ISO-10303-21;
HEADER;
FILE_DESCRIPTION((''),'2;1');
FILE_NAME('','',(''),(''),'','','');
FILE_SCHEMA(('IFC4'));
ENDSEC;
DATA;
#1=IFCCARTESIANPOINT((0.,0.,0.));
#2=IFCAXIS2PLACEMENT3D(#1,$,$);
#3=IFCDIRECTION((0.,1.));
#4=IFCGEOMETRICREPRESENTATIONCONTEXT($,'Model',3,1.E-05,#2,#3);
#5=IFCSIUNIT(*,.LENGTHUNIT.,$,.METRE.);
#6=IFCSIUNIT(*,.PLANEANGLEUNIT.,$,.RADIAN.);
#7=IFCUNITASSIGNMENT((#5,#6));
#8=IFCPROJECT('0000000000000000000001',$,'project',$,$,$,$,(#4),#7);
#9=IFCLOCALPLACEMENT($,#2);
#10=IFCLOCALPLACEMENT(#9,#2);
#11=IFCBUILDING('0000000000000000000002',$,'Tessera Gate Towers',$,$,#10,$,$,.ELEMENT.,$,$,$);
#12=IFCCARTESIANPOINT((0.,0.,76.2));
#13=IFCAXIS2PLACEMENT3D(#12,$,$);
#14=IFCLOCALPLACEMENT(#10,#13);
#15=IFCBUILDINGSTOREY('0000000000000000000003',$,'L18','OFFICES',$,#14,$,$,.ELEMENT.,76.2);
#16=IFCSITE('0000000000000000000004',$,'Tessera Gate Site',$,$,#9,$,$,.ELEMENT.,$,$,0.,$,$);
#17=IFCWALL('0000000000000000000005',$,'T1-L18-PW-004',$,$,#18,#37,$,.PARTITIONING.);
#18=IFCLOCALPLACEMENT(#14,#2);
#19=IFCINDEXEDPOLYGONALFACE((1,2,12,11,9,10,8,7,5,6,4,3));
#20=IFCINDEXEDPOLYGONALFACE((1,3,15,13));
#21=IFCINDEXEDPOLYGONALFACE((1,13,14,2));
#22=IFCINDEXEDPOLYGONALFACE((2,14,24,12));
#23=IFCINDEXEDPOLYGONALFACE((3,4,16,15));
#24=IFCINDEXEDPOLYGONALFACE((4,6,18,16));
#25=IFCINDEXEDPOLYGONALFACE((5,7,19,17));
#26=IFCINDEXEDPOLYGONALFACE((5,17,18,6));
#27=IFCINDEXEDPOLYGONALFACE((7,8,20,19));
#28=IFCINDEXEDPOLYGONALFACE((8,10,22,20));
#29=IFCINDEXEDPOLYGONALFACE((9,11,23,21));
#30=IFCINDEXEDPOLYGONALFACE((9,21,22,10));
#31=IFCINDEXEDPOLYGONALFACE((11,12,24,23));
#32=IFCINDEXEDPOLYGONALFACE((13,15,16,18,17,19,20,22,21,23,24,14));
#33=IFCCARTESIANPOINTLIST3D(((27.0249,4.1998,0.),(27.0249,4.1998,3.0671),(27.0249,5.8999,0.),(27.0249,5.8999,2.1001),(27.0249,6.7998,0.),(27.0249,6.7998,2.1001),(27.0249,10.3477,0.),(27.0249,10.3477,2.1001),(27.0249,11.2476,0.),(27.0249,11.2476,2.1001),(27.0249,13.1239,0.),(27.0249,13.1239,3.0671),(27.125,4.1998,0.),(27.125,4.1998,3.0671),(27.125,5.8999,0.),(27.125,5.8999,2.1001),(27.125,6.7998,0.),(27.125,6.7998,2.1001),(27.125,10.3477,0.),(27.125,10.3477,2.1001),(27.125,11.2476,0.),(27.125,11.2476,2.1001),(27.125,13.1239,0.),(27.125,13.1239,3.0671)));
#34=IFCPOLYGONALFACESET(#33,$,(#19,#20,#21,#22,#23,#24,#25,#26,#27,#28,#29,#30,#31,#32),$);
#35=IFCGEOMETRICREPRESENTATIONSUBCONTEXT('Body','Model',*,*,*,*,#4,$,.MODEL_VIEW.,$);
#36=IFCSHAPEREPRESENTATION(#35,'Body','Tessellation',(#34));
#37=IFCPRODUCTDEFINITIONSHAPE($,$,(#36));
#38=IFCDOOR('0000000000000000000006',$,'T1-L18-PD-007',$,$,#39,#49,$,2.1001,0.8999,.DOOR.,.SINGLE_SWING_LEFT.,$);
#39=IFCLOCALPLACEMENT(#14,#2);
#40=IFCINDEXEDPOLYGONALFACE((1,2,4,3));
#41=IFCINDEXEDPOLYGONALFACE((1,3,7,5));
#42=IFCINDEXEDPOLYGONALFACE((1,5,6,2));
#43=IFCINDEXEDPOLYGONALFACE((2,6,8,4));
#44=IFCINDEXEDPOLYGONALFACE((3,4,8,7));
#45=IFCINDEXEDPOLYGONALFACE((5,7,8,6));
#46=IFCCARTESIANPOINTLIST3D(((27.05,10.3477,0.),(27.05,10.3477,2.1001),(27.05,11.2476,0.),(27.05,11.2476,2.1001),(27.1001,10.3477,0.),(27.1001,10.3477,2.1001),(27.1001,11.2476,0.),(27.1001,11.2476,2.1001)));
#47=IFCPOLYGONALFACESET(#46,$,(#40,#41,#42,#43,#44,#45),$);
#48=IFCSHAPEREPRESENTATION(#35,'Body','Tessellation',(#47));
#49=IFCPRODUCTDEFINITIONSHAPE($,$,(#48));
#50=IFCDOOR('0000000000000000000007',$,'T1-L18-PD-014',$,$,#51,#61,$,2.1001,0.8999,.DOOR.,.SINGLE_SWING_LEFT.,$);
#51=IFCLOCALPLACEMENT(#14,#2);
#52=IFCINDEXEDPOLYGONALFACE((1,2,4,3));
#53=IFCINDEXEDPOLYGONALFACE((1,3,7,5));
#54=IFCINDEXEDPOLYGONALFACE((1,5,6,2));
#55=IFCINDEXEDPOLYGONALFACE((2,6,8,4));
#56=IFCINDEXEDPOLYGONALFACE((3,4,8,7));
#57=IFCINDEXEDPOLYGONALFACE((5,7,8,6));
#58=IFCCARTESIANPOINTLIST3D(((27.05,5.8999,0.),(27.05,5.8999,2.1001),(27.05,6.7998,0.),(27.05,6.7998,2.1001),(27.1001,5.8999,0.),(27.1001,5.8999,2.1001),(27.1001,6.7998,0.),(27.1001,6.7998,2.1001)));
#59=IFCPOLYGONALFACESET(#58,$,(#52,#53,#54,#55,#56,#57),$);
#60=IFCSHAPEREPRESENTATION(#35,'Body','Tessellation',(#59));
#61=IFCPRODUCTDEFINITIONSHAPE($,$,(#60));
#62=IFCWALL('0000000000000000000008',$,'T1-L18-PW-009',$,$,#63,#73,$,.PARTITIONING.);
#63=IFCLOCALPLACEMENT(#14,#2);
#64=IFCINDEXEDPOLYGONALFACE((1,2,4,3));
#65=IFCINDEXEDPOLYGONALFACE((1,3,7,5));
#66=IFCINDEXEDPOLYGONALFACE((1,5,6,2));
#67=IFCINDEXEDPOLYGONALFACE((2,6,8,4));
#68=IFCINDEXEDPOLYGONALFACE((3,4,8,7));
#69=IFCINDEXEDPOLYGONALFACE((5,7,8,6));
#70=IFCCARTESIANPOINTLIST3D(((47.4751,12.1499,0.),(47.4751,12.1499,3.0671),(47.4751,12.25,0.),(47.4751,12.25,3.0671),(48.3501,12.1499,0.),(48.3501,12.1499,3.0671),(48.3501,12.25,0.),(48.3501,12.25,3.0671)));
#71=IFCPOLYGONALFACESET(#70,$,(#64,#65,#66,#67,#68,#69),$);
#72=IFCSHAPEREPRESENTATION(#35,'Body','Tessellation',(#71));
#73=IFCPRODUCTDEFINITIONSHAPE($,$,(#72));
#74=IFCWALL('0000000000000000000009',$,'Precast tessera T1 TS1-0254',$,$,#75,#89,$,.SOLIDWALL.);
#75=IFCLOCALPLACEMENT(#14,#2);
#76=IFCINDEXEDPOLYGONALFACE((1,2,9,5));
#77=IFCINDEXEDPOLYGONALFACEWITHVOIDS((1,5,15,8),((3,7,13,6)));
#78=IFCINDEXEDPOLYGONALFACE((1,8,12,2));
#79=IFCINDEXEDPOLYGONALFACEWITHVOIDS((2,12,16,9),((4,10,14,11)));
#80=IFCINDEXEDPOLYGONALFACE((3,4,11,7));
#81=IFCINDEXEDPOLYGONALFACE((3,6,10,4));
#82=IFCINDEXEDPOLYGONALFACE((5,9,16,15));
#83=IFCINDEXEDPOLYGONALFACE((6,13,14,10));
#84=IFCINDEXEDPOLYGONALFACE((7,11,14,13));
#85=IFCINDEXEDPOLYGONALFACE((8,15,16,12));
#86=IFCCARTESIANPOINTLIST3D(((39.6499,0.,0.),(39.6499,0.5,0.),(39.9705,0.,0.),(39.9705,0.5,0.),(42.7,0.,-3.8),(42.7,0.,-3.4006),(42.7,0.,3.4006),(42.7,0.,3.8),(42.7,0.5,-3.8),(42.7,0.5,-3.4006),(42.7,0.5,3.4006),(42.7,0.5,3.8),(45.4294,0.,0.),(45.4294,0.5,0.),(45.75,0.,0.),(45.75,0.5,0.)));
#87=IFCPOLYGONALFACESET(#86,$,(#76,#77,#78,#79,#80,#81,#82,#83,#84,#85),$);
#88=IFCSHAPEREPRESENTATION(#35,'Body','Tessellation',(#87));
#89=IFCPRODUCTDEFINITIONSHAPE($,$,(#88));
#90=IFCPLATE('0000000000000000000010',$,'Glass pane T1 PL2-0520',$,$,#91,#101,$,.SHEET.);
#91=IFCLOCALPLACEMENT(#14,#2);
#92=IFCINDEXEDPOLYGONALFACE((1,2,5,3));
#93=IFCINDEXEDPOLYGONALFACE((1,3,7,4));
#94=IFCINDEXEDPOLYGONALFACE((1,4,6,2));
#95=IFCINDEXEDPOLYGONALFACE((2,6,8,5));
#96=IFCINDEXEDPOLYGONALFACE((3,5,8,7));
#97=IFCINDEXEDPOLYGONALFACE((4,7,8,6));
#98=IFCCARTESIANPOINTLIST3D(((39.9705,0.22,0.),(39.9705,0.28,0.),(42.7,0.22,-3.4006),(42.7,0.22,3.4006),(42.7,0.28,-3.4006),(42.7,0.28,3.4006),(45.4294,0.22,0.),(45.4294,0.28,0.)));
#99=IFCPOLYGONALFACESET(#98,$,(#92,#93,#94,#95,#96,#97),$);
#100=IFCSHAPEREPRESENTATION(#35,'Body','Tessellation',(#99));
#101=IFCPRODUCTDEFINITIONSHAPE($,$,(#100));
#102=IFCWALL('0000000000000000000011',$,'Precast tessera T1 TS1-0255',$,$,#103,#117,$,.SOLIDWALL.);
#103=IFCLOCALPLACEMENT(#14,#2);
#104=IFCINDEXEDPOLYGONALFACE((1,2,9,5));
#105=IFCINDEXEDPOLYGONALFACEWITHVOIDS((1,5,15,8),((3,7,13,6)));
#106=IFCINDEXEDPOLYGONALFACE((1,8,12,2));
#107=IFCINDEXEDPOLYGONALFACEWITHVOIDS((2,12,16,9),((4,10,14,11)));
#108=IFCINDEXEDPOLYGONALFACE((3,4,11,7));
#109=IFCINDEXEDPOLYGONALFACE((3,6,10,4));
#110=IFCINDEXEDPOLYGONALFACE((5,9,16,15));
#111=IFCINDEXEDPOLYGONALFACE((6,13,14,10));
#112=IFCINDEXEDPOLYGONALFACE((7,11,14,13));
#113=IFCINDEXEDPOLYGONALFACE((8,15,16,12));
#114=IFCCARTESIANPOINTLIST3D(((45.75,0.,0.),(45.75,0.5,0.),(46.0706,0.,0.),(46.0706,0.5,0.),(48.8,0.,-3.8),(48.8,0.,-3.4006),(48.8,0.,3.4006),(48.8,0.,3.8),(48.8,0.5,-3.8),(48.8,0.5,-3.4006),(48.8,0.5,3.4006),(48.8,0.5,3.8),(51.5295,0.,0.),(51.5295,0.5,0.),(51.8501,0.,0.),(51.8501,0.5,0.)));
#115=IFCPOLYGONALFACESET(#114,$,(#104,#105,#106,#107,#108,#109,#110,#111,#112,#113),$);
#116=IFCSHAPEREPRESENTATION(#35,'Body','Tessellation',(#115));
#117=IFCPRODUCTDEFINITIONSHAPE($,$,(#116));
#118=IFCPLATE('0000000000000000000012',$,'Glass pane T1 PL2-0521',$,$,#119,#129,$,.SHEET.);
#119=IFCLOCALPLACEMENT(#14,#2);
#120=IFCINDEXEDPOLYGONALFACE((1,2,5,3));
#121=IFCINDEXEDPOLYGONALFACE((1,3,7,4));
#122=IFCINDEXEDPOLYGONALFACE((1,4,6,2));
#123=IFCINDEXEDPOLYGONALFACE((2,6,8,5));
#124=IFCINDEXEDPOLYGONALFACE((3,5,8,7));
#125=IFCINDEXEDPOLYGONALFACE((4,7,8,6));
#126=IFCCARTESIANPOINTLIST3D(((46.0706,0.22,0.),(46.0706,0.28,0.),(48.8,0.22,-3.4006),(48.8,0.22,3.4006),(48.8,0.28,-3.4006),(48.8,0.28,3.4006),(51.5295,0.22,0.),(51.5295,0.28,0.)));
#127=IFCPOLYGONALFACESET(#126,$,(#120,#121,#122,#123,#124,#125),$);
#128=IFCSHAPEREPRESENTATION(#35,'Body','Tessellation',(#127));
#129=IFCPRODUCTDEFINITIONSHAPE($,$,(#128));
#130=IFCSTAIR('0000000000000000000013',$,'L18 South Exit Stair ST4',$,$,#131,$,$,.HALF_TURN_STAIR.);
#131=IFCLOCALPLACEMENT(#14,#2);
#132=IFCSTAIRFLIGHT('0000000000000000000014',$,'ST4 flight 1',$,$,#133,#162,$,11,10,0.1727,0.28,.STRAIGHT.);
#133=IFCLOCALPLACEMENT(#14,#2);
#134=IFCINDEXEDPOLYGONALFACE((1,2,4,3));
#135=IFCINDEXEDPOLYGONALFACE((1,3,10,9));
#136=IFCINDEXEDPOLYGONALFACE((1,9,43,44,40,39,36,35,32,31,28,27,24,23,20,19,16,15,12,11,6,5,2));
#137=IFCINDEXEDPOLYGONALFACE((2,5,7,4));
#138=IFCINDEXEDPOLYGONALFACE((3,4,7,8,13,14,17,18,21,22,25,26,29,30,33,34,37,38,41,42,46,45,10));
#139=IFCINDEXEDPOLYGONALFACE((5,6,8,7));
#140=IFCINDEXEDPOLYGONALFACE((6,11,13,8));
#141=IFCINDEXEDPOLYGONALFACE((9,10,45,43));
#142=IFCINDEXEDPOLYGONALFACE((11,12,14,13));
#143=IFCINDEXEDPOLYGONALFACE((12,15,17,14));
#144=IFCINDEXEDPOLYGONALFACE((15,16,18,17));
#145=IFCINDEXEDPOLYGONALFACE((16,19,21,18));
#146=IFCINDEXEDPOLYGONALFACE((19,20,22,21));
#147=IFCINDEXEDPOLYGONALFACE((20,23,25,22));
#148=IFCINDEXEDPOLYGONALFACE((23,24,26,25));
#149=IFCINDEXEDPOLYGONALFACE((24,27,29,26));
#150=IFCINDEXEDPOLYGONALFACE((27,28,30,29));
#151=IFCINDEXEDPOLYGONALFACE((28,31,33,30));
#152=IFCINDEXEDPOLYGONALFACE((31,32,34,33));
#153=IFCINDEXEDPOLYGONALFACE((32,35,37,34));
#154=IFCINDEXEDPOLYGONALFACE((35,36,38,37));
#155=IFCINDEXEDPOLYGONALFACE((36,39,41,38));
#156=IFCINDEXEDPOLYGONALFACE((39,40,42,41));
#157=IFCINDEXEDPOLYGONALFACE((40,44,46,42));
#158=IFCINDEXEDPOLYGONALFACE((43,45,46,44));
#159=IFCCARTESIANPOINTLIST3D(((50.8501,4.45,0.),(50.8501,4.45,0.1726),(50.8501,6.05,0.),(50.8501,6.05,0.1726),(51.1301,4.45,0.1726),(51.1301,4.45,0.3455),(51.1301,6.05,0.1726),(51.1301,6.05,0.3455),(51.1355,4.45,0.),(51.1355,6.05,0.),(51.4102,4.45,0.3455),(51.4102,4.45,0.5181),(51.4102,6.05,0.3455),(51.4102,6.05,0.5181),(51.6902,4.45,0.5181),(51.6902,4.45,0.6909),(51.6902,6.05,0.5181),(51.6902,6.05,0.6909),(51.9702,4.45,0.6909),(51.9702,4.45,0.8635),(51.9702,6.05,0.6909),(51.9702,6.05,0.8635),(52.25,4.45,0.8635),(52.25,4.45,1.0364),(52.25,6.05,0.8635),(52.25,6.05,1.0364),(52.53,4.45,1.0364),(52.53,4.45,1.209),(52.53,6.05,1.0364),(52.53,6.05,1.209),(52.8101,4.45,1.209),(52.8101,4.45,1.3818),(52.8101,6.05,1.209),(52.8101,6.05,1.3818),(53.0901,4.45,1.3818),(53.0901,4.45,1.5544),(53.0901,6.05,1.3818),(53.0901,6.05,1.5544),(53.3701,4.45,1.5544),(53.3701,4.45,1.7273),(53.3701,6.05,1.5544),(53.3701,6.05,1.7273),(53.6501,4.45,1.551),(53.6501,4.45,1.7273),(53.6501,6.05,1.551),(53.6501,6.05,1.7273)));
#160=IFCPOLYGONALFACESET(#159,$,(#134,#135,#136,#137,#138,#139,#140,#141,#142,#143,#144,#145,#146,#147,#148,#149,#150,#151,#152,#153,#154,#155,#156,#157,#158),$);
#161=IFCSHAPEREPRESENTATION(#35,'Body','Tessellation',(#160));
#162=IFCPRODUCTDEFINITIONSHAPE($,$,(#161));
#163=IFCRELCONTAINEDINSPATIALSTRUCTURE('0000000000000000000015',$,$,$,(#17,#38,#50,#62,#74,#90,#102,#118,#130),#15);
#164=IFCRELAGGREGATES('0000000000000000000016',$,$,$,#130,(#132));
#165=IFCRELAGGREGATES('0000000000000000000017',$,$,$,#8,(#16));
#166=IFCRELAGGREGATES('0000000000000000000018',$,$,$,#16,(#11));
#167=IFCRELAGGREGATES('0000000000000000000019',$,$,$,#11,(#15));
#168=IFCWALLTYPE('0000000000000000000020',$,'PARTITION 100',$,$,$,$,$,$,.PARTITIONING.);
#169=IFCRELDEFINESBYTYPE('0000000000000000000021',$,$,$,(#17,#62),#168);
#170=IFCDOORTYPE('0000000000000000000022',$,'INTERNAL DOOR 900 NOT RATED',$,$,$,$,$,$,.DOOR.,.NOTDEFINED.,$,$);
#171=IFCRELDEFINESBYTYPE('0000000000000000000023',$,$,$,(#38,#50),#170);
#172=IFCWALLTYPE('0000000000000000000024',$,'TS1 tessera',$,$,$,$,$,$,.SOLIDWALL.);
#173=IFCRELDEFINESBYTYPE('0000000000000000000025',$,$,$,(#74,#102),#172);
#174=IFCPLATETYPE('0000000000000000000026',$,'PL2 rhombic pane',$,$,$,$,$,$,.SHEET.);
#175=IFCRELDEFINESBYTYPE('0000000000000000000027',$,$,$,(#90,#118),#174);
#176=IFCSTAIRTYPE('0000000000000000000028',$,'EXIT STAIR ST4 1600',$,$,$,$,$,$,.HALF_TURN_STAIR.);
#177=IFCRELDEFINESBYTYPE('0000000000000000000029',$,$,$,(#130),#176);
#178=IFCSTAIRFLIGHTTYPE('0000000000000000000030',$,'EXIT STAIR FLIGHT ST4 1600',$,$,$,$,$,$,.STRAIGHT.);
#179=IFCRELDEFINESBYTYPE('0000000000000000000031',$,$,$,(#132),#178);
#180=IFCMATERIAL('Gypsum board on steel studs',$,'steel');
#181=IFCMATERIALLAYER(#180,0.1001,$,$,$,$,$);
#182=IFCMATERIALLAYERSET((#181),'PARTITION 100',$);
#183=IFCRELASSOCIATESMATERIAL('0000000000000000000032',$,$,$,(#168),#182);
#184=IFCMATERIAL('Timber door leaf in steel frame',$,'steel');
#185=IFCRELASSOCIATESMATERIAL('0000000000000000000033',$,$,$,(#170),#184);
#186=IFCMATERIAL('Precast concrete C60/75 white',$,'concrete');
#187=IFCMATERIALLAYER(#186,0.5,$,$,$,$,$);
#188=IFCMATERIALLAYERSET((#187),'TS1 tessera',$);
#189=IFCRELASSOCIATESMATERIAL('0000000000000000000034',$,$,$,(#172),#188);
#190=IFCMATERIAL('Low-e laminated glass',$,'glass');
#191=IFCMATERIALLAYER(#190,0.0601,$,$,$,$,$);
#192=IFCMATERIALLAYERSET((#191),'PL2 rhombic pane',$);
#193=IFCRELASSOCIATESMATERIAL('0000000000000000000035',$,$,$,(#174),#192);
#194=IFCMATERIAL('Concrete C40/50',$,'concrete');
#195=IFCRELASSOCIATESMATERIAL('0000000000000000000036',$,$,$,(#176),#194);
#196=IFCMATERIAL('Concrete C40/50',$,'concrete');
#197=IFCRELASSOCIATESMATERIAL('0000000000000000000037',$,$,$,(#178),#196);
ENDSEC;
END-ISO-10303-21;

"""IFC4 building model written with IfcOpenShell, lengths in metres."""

from ifc_helpers import new_model, si_unit, direction, frame, frame_2d, origin, place, context, subcontext, project, spatial, polyline, rectangle, outline, extrude, source, transform, mapped, material, layer, layer_set, type_object, element, fill, aggregate, save


model = new_model("IFC4")

# Units and contexts
model_context = context("Model", 3, precision=1e-05, world=origin(), true_north=direction((0.0, 1.0)))
body_context = subcontext(model_context, "Body", "Model", "MODEL_VIEW")
ifc_project = project(units=[si_unit("LENGTHUNIT", "METRE"), si_unit("PLANEANGLEUNIT", "RADIAN")], contexts=[model_context])

# Site, building, storey
site_placement = place(None, origin())
site = spatial("IfcSite", under=ifc_project, at=site_placement, Name="Tessera Gate Site", CompositionType="ELEMENT", RefElevation=0.0)
building_placement = place(site_placement, origin())
building = spatial("IfcBuilding", under=site, at=building_placement, Name="Tessera Gate Towers", CompositionType="ELEMENT")
storey_placement = place(building_placement, frame((0.0, 0.0, 76.2)))
storey = spatial("IfcBuildingStorey", under=building, at=storey_placement, Name="L18", Description="OFFICES", CompositionType="ELEMENT", Elevation=76.2)

# Shared definitions
shared_shape_1 = source(origin(), body_context, "Body", "SweptSolid", [
    extrude(rectangle(XDim=0.8999, YDim=2.1001, at=frame_2d((0.45, 1.05))), frame((0.0, 0.0249, 0.0), z_axis=(0.0, -1.0, 0.0), x_axis=(1.0, 0.0, 0.0)), (0.0, 0.0, 1.0), 0.05),
])

# Shared definitions
ifc_material_1 = material(Name="Gypsum board on steel studs", Category="steel")
ifc_layer_1 = layer(ifc_material_1, 0.1001)
ifc_layer_set_1 = layer_set([ifc_layer_1], Name="PARTITION 100")
wall_type_1 = type_object("IfcWallType", Name="PARTITION 100", PredefinedType="PARTITIONING", material=ifc_layer_set_1)

# Wall, openings, doors
wall_1_placement = place(storey_placement, frame((27.075, 4.2, 0.0), z_axis=(0.0, 0.0, 1.0), x_axis=(0.0, 1.0, 0.0)))
wall_1 = element("IfcWall", 1, at=wall_1_placement, inside=storey, type_object=wall_type_1, Name="T1-L18-PW-004", PredefinedType="PARTITIONING", context=body_context, shape_type="SweptSolid", body=[
    extrude(rectangle(XDim=8.9241, YDim=0.1001, at=frame_2d((4.4619, 0.0))), origin(), (0.0, 0.0, 1.0), 3.0671),
])
shared_shape_2 = source(origin(), body_context, "Body", "SweptSolid", [
    extrude(rectangle(XDim=0.8999, YDim=2.1001, at=frame_2d((0.45, 1.05))), frame((0.0, 0.0601, 0.0), z_axis=(0.0, -1.0, 0.0), x_axis=(1.0, 0.0, 0.0)), (0.0, 0.0, 1.0), 0.1201),
])
opening_1_placement = place(wall_1_placement, frame((6.1477, 0.0, 0.0)))
opening_1 = element("IfcOpeningElement", 2, at=opening_1_placement, cuts=wall_1, PredefinedType="OPENING", context=body_context, shape_type="MappedRepresentation", body=[
    mapped(shared_shape_2, transform((0.0, 0.0, 0.0), scale=1.0)),
])
opening_2_placement = place(wall_1_placement, frame((1.7, 0.0, 0.0)))
opening_2 = element("IfcOpeningElement", 3, at=opening_2_placement, cuts=wall_1, PredefinedType="OPENING", context=body_context, shape_type="MappedRepresentation", body=[
    mapped(shared_shape_2, transform((0.0, 0.0, 0.0), scale=1.0)),
])
ifc_material_2 = material(Name="Timber door leaf in steel frame", Category="steel")
door_type_1 = type_object("IfcDoorType", Name="INTERNAL DOOR 900 NOT RATED", OperationType="NOTDEFINED", PredefinedType="DOOR", material=ifc_material_2)
door_1_placement = place(opening_1_placement, origin())
door_1 = element("IfcDoor", 4, at=door_1_placement, inside=storey, type_object=door_type_1, Name="T1-L18-PD-007", OperationType="SINGLE_SWING_LEFT", OverallHeight=2.1001, OverallWidth=0.8999, PredefinedType="DOOR", context=body_context, shape_type="MappedRepresentation", body=[
    mapped(shared_shape_1, transform((0.0, 0.0, 0.0), scale=1.0)),
])
fill(opening_1, door_1)
door_2_placement = place(opening_2_placement, origin())
door_2 = element("IfcDoor", 5, at=door_2_placement, inside=storey, type_object=door_type_1, Name="T1-L18-PD-014", OperationType="SINGLE_SWING_LEFT", OverallHeight=2.1001, OverallWidth=0.8999, PredefinedType="DOOR", context=body_context, shape_type="MappedRepresentation", body=[
    mapped(shared_shape_1, transform((0.0, 0.0, 0.0), scale=1.0)),
])
fill(opening_2, door_2)

# Wall
wall_2_placement = place(storey_placement, frame((48.3501, 12.2, 0.0), z_axis=(0.0, 0.0, 1.0), x_axis=(-1.0, 0.0, 0.0)))
element("IfcWall", 6, at=wall_2_placement, inside=storey, type_object=wall_type_1, Name="T1-L18-PW-009", PredefinedType="PARTITIONING", context=body_context, shape_type="SweptSolid", body=[
    extrude(rectangle(XDim=0.875, YDim=0.1001, at=frame_2d((0.4375, 0.0))), origin(), (0.0, 0.0, 1.0), 3.0671),
])

# Walls, openings, plates
ifc_material_3 = material(Name="Precast concrete C60/75 white", Category="concrete")
ifc_layer_2 = layer(ifc_material_3, 0.5)
ifc_layer_set_2 = layer_set([ifc_layer_2], Name="TS1 tessera")
wall_type_2 = type_object("IfcWallType", Name="TS1 tessera", PredefinedType="SOLIDWALL", material=ifc_layer_set_2)
shared_shape_3 = source(origin(), body_context, "Body", "SweptSolid", [
    extrude(outline(polyline([(3.05, 0.0), (6.1001, 3.8), (3.05, 7.6001), (0.0, 3.8), (3.05, 0.0)])), frame((0.0, 0.25, 0.0), z_axis=(0.0, -1.0, 0.0), x_axis=(1.0, 0.0, 0.0)), (0.0, 0.0, 1.0), 0.5),
])
wall_3_placement = place(storey_placement, frame((39.6499, 0.25, -3.8), z_axis=(0.0, 0.0, 1.0), x_axis=(1.0, 0.0, 0.0)))
wall_3 = element("IfcWall", 7, at=wall_3_placement, inside=storey, type_object=wall_type_2, Name="Precast tessera T1 TS1-0254", PredefinedType="SOLIDWALL", context=body_context, shape_type="MappedRepresentation", body=[
    mapped(shared_shape_3, transform((0.0, 0.0, 0.0), scale=1.0)),
])
shared_shape_4 = source(origin(), body_context, "Body", "SweptSolid", [
    extrude(outline(polyline([(3.05, 0.3994), (5.7795, 3.8), (3.05, 7.2007), (0.3206, 3.8), (3.05, 0.3994)])), frame((0.0, 0.26, 0.0), z_axis=(0.0, -1.0, 0.0), x_axis=(1.0, 0.0, 0.0)), (0.0, 0.0, 1.0), 0.52),
])
opening_3_placement = place(wall_3_placement, origin())
opening_3 = element("IfcOpeningElement", 8, at=opening_3_placement, cuts=wall_3, PredefinedType="OPENING", context=body_context, shape_type="MappedRepresentation", body=[
    mapped(shared_shape_4, transform((0.0, 0.0, 0.0), scale=1.0)),
])
ifc_material_4 = material(Name="Low-e laminated glass", Category="glass")
ifc_layer_3 = layer(ifc_material_4, 0.0601)
ifc_layer_set_3 = layer_set([ifc_layer_3], Name="PL2 rhombic pane")
plate_type = type_object("IfcPlateType", Name="PL2 rhombic pane", PredefinedType="SHEET", material=ifc_layer_set_3)
shared_shape_5 = source(origin(), body_context, "Body", "SweptSolid", [
    extrude(outline(polyline([(3.05, 0.3994), (5.7795, 3.8), (3.05, 7.2007), (0.3206, 3.8), (3.05, 0.3994)])), frame((0.0, 0.03, 0.0), z_axis=(0.0, -1.0, 0.0), x_axis=(1.0, 0.0, 0.0)), (0.0, 0.0, 1.0), 0.0601),
])
plate_1_placement = place(opening_3_placement, origin())
plate_1 = element("IfcPlate", 9, at=plate_1_placement, inside=storey, type_object=plate_type, Name="Glass pane T1 PL2-0520", PredefinedType="SHEET", context=body_context, shape_type="MappedRepresentation", body=[
    mapped(shared_shape_5, transform((0.0, 0.0, 0.0), scale=1.0)),
])
fill(opening_3, plate_1)
wall_4_placement = place(storey_placement, frame((45.75, 0.25, -3.8), z_axis=(0.0, 0.0, 1.0), x_axis=(1.0, 0.0, 0.0)))
wall_4 = element("IfcWall", 10, at=wall_4_placement, inside=storey, type_object=wall_type_2, Name="Precast tessera T1 TS1-0255", PredefinedType="SOLIDWALL", context=body_context, shape_type="MappedRepresentation", body=[
    mapped(shared_shape_3, transform((0.0, 0.0, 0.0), scale=1.0)),
])
opening_4_placement = place(wall_4_placement, origin())
opening_4 = element("IfcOpeningElement", 11, at=opening_4_placement, cuts=wall_4, PredefinedType="OPENING", context=body_context, shape_type="MappedRepresentation", body=[
    mapped(shared_shape_4, transform((0.0, 0.0, 0.0), scale=1.0)),
])
plate_2_placement = place(opening_4_placement, origin())
plate_2 = element("IfcPlate", 12, at=plate_2_placement, inside=storey, type_object=plate_type, Name="Glass pane T1 PL2-0521", PredefinedType="SHEET", context=body_context, shape_type="MappedRepresentation", body=[
    mapped(shared_shape_5, transform((0.0, 0.0, 0.0), scale=1.0)),
])
fill(opening_4, plate_2)

# Stair, stair flight
ifc_material_5 = material(Name="Concrete C40/50", Category="concrete")
stair_type = type_object("IfcStairType", Name="EXIT STAIR ST4 1600", PredefinedType="HALF_TURN_STAIR", material=ifc_material_5)
stair_placement = place(storey_placement, origin())
stair = element("IfcStair", 13, at=stair_placement, inside=storey, type_object=stair_type, Name="L18 South Exit Stair ST4", PredefinedType="HALF_TURN_STAIR")
ifc_material_6 = material(Name="Concrete C40/50", Category="concrete")
stair_flight_type = type_object("IfcStairFlightType", Name="EXIT STAIR FLIGHT ST4 1600", PredefinedType="STRAIGHT", material=ifc_material_6)
stair_flight_placement = place(storey_placement, frame((50.8501, 5.25, 0.0), z_axis=(0.0, 0.0, 1.0), x_axis=(1.0, 0.0, 0.0)))
stair_flight = element("IfcStairFlight", 14, at=stair_flight_placement, type_object=stair_flight_type, Name="ST4 flight 1", NumberOfRisers=11, NumberOfTreads=10, PredefinedType="STRAIGHT", RiserHeight=0.1727, TreadLength=0.28, context=body_context, shape_type="SweptSolid", body=[
    extrude(outline(polyline([(0.0, 0.0), (0.0, 0.1726), (0.28, 0.1726), (0.28, 0.3455), (0.5601, 0.3455), (0.5601, 0.5181), (0.8401, 0.5181), (0.8401, 0.6909), (1.1201, 0.6909), (1.1201, 0.8635), (1.3999, 0.8635), (1.3999, 1.0364), (1.6799, 1.0364), (1.6799, 1.209), (1.96, 1.209), (1.96, 1.3818), (2.24, 1.3818), (2.24, 1.5544), (2.52, 1.5544), (2.52, 1.7273), (2.8, 1.7273), (2.8, 1.8999), (2.8, 1.551), (0.2854, 0.0), (0.0, 0.0)])), frame((0.0, 0.8, 0.0), z_axis=(0.0, -1.0, 0.0), x_axis=(1.0, 0.0, 0.0)), (0.0, 0.0, 1.0), 1.6001),
])
aggregate(stair, [stair_flight])

save(model, "model.ifc")
